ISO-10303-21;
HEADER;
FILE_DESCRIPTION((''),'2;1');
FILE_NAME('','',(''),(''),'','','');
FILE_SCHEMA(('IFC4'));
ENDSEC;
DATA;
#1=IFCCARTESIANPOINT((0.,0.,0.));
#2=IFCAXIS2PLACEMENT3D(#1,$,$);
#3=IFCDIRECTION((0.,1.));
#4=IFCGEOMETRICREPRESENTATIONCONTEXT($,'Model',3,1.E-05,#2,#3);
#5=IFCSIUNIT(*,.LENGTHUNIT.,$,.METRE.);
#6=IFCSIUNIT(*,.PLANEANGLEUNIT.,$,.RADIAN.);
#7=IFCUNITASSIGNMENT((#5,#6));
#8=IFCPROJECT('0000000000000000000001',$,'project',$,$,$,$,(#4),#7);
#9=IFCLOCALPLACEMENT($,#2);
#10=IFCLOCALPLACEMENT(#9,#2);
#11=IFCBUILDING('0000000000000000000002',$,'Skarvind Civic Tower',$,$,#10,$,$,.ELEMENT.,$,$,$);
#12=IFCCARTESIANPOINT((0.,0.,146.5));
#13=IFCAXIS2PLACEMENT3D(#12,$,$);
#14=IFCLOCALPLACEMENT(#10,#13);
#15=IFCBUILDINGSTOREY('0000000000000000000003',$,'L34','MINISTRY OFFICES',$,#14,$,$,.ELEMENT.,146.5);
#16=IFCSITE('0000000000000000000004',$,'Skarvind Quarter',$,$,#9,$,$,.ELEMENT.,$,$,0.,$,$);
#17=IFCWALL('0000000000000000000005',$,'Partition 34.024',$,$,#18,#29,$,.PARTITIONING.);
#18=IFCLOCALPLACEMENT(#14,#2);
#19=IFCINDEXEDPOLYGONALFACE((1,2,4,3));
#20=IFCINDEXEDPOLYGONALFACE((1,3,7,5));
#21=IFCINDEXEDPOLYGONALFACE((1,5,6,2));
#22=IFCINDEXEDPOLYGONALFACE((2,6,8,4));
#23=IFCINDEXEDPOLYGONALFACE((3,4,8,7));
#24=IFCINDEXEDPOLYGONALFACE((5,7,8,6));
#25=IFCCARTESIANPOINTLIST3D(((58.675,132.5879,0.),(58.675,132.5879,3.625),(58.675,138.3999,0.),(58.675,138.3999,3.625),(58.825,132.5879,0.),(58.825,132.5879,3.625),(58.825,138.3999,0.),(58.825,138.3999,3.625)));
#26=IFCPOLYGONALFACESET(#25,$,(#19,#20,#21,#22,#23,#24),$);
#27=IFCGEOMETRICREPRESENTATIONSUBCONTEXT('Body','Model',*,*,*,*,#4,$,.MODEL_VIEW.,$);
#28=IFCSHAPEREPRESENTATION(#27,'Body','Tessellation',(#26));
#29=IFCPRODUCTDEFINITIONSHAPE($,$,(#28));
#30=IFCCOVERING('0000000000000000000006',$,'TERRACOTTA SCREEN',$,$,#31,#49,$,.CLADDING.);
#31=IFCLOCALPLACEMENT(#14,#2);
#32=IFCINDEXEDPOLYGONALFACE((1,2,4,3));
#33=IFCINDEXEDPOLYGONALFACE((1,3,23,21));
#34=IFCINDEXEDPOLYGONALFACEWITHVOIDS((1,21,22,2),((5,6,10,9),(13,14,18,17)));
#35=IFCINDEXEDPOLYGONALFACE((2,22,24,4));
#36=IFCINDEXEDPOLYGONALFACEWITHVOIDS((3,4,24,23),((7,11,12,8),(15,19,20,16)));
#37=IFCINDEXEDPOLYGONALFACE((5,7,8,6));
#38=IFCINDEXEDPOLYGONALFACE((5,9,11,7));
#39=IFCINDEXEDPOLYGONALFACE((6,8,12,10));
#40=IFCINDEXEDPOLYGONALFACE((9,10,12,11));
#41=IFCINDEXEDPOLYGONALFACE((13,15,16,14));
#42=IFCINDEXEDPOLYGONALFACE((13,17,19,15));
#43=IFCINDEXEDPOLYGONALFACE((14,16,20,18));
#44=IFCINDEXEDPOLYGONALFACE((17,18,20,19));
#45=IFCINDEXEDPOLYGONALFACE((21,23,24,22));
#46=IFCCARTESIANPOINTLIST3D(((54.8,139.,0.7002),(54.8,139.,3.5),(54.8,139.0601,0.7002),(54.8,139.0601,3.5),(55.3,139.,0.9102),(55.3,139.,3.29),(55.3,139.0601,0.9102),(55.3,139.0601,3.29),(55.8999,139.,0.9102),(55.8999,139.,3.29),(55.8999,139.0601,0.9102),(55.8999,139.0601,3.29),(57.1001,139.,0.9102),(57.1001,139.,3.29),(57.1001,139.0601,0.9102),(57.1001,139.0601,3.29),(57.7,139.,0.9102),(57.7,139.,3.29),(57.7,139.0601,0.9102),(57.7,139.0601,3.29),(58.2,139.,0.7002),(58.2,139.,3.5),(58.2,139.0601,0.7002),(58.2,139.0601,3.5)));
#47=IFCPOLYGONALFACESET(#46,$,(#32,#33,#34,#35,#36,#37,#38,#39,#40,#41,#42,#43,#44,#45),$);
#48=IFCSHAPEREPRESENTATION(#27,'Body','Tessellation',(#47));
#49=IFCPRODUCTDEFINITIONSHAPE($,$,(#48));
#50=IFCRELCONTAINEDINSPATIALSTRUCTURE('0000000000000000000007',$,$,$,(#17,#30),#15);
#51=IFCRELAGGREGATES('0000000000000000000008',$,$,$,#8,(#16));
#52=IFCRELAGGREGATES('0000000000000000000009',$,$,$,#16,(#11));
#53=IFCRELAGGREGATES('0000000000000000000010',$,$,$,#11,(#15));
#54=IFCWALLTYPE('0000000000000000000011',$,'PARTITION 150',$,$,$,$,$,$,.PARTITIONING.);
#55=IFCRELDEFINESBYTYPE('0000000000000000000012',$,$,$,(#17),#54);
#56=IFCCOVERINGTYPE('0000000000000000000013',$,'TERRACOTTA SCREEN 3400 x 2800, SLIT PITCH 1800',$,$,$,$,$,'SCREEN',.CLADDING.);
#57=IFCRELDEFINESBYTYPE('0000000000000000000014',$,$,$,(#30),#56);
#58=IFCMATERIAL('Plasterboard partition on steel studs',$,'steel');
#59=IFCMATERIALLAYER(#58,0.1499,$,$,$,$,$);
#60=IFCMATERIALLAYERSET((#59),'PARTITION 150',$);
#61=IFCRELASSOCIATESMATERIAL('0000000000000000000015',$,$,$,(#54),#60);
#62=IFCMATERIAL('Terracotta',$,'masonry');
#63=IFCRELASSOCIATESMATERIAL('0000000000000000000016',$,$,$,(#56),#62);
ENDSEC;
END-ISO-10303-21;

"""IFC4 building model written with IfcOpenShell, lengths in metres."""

from ifc_helpers import new_model, si_unit, direction, frame, frame_2d, origin, place, context, subcontext, project, spatial, polyline, rectangle, outline, extrude, material, layer, layer_set, material_profile, profile_set, type_object, element, save


model = new_model("IFC4")

# Units and contexts
model_context = context("Model", 3, precision=1e-05, world=origin(), true_north=direction((0.0, 1.0)))
body_context = subcontext(model_context, "Body", "Model", "MODEL_VIEW")
ifc_project = project(units=[si_unit("LENGTHUNIT", "METRE"), si_unit("PLANEANGLEUNIT", "RADIAN")], contexts=[model_context])

# Site, building, storey
site_placement = place(None, origin())
site = spatial("IfcSite", under=ifc_project, at=site_placement, Name="Skarvind Quarter", CompositionType="ELEMENT", RefElevation=0.0)
building_placement = place(site_placement, origin())
building = spatial("IfcBuilding", under=site, at=building_placement, Name="Skarvind Civic Tower", CompositionType="ELEMENT")
storey_placement = place(building_placement, frame((0.0, 0.0, 146.5)))
storey = spatial("IfcBuildingStorey", under=building, at=storey_placement, Name="L34", Description="MINISTRY OFFICES", CompositionType="ELEMENT", Elevation=146.5)

# Shared definitions
ifc_material_1 = material(Name="Plasterboard partition on steel studs", Category="steel")
ifc_layer_1 = layer(ifc_material_1, 0.1499)
ifc_layer_set_1 = layer_set([ifc_layer_1], Name="PARTITION 150")
wall_type_1 = type_object("IfcWallType", Name="PARTITION 150", PredefinedType="PARTITIONING", material=ifc_layer_set_1)

# Wall
wall_1_placement = place(storey_placement, frame((58.75, 132.5879, 0.0), z_axis=(0.0, 0.0, 1.0), x_axis=(0.0, 1.0, 0.0)))
element("IfcWall", 1, at=wall_1_placement, inside=storey, type_object=wall_type_1, Name="Partition 34.024", PredefinedType="PARTITIONING", context=body_context, shape_type="SweptSolid", body=[
    extrude(rectangle(XDim=5.812, YDim=0.1499, at=frame_2d((2.906, 0.0))), origin(), (0.0, 0.0, 1.0), 3.625),
])

# Covering
ifc_material_2 = material(Name="Terracotta", Category="masonry")
ifc_material_profile_1 = material_profile(ifc_material_2, outline(polyline([(-1.7, -1.3999), (1.7, -1.3999), (1.7, 1.3999), (-1.7, 1.3999), (-1.7, -1.3999)]), holes=[polyline([(-1.2, -1.1899), (-0.6001, -1.1899), (-0.6001, 1.1899), (-1.2, 1.1899), (-1.2, -1.1899)]), polyline([(0.6001, -1.1899), (1.2, -1.1899), (1.2, 1.1899), (0.6001, 1.1899), (0.6001, -1.1899)])]), Name="TERRACOTTA SCREEN 3400 x 2800, SLIT PITCH 1800")
ifc_profile_set_1 = profile_set([ifc_material_profile_1], Name="Terracotta")
covering_type = type_object("IfcCoveringType", Name="TERRACOTTA SCREEN 3400 x 2800, SLIT PITCH 1800", ElementType="SCREEN", PredefinedType="CLADDING", material=ifc_profile_set_1)
covering_placement = place(storey_placement, frame((56.5, 139.0, 2.1001), z_axis=(0.0, 1.0, 0.0), x_axis=(-1.0, 0.0, 0.0)))
element("IfcCovering", 2, at=covering_placement, inside=storey, type_object=covering_type, Name="TERRACOTTA SCREEN", PredefinedType="CLADDING", context=body_context, shape_type="SweptSolid", body=[
    extrude(outline(polyline([(-1.7, -1.3999), (1.7, -1.3999), (1.7, 1.3999), (-1.7, 1.3999), (-1.7, -1.3999)]), holes=[polyline([(-1.2, -1.1899), (-0.6001, -1.1899), (-0.6001, 1.1899), (-1.2, 1.1899), (-1.2, -1.1899)]), polyline([(0.6001, -1.1899), (1.2, -1.1899), (1.2, 1.1899), (0.6001, 1.1899), (0.6001, -1.1899)])]), origin(), (0.0, 0.0, 1.0), 0.0601),
])

save(model, "model.ifc")
